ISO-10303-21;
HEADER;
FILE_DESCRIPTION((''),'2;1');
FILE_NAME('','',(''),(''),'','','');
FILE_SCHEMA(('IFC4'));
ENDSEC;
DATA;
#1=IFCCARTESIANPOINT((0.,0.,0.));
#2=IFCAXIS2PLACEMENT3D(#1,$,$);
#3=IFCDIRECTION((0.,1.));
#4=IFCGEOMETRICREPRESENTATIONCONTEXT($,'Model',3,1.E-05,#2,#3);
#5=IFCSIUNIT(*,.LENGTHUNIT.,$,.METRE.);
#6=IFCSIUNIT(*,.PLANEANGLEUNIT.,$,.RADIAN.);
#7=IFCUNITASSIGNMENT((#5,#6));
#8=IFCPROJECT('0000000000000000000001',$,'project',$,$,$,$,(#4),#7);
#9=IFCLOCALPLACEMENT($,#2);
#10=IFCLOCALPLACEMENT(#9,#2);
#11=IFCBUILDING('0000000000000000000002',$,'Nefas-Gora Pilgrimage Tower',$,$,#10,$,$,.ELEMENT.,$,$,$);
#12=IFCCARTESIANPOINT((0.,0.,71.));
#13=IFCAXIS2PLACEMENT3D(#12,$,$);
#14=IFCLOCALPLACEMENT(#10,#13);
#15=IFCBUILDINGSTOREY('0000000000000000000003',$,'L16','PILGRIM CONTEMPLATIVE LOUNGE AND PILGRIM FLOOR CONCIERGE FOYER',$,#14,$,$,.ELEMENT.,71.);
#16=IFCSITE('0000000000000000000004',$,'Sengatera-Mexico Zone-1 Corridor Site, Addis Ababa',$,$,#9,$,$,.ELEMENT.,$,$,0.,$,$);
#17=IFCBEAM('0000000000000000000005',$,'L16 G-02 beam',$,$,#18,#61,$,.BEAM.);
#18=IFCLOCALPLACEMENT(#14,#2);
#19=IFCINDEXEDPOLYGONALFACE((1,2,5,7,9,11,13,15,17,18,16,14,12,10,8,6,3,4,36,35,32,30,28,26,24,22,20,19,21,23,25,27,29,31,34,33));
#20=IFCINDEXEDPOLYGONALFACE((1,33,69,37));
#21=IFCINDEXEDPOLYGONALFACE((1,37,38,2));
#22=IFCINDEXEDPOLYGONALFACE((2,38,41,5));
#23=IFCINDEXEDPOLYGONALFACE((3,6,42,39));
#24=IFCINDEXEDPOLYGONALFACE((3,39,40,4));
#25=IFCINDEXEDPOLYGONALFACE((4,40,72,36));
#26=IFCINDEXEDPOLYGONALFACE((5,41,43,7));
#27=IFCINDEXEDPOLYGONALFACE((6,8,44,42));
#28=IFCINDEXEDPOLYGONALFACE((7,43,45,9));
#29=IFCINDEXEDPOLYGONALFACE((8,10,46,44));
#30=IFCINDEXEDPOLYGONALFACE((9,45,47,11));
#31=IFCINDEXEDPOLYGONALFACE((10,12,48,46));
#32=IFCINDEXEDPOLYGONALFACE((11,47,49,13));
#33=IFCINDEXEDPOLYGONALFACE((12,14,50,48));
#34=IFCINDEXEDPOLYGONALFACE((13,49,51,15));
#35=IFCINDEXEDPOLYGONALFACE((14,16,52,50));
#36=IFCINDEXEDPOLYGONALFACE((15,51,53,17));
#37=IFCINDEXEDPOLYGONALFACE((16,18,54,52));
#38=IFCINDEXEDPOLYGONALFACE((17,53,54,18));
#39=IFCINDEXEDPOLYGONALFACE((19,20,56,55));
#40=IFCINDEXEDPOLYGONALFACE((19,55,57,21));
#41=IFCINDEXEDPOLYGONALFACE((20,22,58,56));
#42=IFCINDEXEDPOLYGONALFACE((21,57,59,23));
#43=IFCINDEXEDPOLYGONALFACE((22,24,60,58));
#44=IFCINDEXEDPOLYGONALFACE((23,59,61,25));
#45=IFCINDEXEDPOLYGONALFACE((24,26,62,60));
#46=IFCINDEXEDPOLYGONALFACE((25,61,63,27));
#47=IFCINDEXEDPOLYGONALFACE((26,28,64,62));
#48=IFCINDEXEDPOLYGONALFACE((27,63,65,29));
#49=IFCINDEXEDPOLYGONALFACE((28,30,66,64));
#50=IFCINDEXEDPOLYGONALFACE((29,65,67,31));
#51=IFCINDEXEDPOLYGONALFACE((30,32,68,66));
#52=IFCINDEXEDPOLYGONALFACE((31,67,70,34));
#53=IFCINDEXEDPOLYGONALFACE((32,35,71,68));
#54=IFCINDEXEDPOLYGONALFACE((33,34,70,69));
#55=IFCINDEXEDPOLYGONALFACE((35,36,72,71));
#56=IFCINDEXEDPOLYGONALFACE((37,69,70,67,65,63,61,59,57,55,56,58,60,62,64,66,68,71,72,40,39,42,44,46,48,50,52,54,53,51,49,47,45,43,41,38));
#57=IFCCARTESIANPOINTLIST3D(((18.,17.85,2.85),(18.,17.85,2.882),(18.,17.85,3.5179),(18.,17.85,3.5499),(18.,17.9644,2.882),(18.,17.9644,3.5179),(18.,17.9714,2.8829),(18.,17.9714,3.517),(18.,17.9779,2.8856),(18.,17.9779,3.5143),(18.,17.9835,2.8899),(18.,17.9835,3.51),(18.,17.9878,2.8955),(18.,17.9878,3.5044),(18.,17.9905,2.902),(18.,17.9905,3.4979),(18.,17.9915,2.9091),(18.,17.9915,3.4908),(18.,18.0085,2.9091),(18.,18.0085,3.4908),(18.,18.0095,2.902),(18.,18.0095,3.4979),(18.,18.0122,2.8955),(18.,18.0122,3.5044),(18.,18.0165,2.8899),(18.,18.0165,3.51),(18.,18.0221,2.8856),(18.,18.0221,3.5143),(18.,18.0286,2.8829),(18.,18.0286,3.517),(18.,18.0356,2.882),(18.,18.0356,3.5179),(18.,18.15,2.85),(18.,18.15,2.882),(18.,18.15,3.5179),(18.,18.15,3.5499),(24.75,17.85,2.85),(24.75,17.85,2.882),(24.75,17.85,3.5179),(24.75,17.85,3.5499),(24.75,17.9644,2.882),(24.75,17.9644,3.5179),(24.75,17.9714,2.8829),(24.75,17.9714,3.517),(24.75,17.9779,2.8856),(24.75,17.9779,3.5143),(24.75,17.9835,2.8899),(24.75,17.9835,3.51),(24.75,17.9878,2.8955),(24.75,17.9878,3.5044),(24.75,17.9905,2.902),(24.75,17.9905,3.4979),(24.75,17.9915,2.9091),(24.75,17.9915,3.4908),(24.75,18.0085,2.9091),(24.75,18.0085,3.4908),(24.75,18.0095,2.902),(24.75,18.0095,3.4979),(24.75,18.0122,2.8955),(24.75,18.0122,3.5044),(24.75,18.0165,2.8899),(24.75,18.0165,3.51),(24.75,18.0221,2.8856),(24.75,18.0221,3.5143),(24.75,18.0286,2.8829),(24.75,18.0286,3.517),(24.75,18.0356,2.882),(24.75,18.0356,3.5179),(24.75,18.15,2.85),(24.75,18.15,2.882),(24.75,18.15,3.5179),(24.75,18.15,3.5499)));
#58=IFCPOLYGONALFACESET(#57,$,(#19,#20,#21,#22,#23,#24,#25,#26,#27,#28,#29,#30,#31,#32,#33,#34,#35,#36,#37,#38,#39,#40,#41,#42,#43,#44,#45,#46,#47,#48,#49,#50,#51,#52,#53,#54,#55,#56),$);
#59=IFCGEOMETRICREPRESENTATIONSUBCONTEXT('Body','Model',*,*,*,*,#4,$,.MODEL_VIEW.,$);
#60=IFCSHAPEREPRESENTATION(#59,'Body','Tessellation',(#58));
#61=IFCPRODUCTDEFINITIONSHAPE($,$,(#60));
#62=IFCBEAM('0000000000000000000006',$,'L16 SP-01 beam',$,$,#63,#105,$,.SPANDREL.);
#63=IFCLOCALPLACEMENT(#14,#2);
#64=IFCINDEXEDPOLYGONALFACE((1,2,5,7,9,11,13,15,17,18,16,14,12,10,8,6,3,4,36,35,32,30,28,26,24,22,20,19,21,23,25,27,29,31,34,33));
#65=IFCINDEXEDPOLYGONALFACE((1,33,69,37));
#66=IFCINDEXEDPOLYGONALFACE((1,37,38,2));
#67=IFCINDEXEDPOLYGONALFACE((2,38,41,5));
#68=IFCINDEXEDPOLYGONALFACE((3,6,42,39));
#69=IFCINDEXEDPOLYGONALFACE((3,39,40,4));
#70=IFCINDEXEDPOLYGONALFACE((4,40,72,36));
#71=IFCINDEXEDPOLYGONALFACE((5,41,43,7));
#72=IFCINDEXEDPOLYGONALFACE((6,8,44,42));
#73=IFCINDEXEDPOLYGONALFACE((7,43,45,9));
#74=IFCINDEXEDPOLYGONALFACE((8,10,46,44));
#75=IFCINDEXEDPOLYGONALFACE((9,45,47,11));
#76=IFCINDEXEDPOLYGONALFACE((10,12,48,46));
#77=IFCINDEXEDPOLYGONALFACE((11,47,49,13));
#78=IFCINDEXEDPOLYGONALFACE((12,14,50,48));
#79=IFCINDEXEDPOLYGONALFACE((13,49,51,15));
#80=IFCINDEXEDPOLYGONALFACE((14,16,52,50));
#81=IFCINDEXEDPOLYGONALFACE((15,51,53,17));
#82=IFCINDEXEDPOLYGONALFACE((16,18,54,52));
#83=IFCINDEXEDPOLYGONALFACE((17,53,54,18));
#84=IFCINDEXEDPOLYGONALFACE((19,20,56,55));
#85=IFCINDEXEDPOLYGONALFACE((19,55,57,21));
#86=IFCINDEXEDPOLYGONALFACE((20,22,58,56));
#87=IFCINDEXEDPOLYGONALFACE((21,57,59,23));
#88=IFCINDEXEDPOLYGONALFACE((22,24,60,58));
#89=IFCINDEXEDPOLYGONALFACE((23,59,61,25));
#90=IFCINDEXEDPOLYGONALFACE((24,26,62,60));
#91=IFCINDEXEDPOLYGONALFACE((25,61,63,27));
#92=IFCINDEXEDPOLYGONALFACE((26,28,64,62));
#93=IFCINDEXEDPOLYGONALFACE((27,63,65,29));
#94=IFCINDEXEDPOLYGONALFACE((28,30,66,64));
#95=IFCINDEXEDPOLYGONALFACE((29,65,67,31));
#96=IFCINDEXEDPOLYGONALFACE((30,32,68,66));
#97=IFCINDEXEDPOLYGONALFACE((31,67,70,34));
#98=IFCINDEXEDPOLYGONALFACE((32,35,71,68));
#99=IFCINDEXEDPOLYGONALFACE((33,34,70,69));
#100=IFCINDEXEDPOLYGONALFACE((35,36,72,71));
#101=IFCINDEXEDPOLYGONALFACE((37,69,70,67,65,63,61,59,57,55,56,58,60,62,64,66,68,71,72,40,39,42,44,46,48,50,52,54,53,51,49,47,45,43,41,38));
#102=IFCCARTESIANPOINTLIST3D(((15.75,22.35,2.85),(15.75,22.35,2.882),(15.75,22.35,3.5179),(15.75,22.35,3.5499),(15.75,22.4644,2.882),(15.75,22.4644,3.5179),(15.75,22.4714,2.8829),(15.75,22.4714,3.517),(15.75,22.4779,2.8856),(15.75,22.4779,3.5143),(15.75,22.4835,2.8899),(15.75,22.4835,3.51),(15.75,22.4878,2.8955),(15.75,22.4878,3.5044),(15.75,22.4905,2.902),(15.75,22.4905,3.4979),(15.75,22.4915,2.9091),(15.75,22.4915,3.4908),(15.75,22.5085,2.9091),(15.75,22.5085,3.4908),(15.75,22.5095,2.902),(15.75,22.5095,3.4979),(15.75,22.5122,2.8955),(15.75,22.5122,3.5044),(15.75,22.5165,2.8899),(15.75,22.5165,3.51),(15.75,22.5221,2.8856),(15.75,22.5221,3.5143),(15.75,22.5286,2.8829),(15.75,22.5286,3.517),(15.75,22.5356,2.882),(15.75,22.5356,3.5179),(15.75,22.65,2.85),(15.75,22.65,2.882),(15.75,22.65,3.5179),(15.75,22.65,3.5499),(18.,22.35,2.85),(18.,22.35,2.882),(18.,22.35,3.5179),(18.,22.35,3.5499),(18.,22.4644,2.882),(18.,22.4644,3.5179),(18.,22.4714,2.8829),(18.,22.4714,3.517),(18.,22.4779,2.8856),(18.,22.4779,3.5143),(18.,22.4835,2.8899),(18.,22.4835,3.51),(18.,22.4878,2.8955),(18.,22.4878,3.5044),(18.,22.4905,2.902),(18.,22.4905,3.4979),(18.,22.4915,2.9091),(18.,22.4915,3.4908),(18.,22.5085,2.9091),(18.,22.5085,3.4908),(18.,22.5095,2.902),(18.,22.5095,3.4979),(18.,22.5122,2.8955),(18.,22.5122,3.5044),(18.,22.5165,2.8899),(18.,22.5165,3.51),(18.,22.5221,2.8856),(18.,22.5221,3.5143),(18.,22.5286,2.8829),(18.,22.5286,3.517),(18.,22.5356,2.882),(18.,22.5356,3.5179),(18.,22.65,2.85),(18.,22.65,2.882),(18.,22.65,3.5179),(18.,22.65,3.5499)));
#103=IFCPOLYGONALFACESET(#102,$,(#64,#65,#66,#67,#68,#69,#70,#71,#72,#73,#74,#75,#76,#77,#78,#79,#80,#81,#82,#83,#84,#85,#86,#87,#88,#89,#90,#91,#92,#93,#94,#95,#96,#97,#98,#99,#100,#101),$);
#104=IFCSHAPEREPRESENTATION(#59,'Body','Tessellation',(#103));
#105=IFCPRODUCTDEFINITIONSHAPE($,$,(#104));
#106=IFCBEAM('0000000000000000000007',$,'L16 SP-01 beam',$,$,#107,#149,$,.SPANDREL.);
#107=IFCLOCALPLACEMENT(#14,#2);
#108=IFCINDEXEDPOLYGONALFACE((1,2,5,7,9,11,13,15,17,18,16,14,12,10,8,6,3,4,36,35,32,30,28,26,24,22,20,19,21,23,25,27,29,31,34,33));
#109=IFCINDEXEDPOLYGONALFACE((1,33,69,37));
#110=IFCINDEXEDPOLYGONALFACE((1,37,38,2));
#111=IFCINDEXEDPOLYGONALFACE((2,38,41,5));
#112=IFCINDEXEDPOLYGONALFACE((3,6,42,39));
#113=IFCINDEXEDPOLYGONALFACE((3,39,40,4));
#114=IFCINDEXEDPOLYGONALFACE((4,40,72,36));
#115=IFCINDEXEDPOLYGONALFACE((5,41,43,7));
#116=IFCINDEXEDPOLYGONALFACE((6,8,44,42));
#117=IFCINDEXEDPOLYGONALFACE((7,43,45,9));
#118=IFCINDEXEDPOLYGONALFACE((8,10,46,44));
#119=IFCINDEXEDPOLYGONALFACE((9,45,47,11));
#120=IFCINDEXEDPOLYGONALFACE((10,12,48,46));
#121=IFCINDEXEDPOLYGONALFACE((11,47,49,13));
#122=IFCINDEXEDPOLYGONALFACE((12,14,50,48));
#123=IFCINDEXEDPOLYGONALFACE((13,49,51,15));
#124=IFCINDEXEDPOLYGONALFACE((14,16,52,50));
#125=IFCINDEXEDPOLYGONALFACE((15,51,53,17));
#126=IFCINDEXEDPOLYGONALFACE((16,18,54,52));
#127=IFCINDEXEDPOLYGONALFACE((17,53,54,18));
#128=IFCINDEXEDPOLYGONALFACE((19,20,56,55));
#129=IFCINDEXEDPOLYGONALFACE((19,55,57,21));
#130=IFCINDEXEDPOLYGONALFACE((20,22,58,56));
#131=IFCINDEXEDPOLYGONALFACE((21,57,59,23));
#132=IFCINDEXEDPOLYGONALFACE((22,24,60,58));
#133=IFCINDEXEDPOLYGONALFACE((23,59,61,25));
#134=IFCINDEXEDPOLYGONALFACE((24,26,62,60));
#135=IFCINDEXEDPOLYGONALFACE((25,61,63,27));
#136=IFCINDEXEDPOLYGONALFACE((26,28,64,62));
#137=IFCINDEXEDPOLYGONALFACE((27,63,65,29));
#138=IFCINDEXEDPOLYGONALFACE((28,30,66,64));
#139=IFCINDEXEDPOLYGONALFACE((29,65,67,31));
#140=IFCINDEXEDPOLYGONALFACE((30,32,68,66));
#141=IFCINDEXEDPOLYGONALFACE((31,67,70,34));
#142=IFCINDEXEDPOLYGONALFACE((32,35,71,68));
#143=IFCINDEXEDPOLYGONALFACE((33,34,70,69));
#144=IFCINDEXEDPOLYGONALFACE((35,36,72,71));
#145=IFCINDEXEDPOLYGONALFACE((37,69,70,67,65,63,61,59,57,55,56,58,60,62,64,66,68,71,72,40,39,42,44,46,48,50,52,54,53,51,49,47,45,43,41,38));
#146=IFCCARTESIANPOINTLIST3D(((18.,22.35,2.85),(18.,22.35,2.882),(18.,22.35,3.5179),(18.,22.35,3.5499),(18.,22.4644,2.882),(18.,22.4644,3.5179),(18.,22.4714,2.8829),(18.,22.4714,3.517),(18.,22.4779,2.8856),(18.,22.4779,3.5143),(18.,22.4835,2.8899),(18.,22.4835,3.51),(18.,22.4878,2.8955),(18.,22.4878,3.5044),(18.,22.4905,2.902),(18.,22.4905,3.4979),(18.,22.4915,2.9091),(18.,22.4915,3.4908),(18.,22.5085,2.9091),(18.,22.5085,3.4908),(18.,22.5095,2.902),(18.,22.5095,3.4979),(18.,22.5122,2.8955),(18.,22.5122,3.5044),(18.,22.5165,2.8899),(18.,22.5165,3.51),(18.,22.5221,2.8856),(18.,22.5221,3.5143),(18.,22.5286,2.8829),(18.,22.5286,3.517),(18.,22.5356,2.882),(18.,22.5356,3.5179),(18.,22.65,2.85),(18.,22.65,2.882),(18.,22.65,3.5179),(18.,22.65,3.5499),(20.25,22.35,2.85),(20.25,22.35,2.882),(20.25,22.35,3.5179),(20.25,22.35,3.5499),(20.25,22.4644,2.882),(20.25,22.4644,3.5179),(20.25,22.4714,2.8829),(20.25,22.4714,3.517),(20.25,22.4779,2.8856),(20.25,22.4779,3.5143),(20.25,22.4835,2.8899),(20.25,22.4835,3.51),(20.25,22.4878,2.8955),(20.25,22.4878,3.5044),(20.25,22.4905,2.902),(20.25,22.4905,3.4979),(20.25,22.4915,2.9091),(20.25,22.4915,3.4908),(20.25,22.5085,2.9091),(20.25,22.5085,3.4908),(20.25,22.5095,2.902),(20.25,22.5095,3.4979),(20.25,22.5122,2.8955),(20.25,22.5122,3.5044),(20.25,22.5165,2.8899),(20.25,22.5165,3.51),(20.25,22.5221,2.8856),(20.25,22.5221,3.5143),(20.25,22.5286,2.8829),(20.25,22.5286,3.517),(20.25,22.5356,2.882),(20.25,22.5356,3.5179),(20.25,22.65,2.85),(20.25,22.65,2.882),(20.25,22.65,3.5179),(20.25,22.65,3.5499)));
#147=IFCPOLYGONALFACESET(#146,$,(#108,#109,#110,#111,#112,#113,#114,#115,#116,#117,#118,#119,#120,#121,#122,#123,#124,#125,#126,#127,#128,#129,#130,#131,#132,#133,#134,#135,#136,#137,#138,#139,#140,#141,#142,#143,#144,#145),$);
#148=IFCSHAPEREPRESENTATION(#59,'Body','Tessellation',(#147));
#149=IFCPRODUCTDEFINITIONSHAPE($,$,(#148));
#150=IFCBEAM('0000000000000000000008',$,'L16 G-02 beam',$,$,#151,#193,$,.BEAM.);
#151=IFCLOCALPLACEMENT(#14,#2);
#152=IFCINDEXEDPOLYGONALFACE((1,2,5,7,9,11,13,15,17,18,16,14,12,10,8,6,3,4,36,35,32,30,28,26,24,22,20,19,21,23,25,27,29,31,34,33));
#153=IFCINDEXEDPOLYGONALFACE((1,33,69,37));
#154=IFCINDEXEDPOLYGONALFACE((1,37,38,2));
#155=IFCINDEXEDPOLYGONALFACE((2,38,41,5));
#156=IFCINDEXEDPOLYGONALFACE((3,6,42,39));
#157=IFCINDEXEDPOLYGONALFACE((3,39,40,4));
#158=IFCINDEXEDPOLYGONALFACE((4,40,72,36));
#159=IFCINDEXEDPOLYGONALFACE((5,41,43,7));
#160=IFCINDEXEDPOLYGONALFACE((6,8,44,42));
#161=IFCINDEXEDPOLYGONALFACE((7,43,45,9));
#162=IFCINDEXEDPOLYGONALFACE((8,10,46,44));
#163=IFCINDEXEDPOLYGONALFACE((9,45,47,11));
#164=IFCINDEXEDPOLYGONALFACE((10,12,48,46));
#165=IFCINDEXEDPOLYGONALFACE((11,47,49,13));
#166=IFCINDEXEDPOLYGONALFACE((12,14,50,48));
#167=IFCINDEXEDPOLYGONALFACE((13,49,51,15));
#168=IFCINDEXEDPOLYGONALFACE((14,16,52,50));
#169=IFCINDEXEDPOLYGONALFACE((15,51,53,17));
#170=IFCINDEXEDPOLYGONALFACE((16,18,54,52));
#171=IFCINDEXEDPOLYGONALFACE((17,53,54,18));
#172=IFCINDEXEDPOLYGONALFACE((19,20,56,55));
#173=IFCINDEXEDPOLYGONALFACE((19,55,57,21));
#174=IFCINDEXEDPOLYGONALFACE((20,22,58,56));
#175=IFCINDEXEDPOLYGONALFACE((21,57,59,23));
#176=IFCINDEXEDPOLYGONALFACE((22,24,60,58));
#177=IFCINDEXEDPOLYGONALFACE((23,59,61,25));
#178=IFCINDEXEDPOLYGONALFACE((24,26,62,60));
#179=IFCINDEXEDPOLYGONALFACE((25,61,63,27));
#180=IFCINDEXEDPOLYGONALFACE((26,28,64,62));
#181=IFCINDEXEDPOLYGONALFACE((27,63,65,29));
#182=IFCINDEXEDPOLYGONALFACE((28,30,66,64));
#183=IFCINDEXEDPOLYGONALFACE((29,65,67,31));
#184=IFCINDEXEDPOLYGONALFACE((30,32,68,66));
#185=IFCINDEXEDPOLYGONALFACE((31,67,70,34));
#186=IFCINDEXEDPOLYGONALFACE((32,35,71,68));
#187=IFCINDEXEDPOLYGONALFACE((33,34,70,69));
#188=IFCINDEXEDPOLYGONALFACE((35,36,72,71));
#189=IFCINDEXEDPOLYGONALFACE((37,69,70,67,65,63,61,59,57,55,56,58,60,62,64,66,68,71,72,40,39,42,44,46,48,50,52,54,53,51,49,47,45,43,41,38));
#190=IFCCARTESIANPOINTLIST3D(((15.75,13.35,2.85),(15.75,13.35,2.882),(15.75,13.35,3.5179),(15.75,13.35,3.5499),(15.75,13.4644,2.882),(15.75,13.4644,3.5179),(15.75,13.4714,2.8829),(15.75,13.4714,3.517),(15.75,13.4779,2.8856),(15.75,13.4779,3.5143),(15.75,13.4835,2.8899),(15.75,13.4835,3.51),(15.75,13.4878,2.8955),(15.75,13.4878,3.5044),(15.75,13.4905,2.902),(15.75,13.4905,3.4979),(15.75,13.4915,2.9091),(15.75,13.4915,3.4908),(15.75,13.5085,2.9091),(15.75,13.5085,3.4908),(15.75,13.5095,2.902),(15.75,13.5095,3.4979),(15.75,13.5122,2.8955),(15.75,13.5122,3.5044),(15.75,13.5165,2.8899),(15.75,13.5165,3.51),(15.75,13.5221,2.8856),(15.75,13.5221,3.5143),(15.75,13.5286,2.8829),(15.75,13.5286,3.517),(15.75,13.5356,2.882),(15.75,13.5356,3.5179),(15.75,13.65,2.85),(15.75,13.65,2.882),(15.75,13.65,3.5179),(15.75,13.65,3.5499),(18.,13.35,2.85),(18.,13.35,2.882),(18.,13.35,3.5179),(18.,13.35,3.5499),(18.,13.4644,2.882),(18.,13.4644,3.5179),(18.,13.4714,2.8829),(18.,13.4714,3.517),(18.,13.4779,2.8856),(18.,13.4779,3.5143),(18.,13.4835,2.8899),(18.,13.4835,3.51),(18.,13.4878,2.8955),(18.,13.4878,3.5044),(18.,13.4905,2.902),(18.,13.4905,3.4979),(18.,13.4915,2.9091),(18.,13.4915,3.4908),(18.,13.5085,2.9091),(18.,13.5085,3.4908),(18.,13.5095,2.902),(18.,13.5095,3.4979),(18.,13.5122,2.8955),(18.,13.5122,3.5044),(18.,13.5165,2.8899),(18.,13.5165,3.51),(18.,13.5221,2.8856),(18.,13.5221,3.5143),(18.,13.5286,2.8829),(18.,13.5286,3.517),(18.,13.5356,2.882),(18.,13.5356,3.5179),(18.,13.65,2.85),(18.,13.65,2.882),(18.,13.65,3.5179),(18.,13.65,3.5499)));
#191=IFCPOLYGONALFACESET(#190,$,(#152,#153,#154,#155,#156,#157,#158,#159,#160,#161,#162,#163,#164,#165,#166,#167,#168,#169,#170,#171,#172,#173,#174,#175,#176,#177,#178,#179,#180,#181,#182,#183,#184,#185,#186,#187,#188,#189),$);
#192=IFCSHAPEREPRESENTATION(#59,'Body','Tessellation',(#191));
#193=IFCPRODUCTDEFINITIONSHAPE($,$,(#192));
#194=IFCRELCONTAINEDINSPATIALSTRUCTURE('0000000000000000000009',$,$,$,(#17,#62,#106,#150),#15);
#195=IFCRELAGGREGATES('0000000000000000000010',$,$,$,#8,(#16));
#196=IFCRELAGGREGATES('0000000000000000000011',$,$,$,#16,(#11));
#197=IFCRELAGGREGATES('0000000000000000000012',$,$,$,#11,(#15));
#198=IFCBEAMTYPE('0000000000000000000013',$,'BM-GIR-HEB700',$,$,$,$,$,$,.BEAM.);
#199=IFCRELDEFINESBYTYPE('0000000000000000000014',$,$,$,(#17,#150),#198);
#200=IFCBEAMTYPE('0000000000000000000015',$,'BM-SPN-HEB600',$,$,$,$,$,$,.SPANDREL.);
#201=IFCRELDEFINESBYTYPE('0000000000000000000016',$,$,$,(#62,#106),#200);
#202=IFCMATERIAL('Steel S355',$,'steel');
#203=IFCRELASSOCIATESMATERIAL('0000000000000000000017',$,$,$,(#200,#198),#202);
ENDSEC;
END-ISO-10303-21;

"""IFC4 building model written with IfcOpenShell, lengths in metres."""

from ifc_helpers import new_model, si_unit, direction, frame, origin, origin_2d, place, context, subcontext, project, spatial, i_section, extrude, source, transform, mapped, material, material_profile, profile_set, type_object, element, save


model = new_model("IFC4")

# Units and contexts
model_context = context("Model", 3, precision=1e-05, world=origin(), true_north=direction((0.0, 1.0)))
body_context = subcontext(model_context, "Body", "Model", "MODEL_VIEW")
ifc_project = project(units=[si_unit("LENGTHUNIT", "METRE"), si_unit("PLANEANGLEUNIT", "RADIAN")], contexts=[model_context])

# Site, building, storey
site_placement = place(None, origin())
site = spatial("IfcSite", under=ifc_project, at=site_placement, Name="Sengatera-Mexico Zone-1 Corridor Site, Addis Ababa", CompositionType="ELEMENT", RefElevation=0.0)
building_placement = place(site_placement, origin())
building = spatial("IfcBuilding", under=site, at=building_placement, Name="Nefas-Gora Pilgrimage Tower", CompositionType="ELEMENT")
storey_placement = place(building_placement, frame((0.0, 0.0, 71.0)))
storey = spatial("IfcBuildingStorey", under=building, at=storey_placement, Name="L16", Description="PILGRIM CONTEMPLATIVE LOUNGE AND PILGRIM FLOOR CONCIERGE FOYER", CompositionType="ELEMENT", Elevation=71.0)

# Beams
ifc_material_1 = material(Name="Steel S355", Category="steel")
ifc_material_profile_1 = material_profile(ifc_material_1, i_section(OverallWidth=0.3, OverallDepth=0.7, WebThickness=0.0171, FlangeThickness=0.032, FilletRadius=0.0271, at=origin_2d()), Name="HEB 700")
ifc_profile_set_1 = profile_set([ifc_material_profile_1], Name="Steel S355")
beam_type_1 = type_object("IfcBeamType", Name="BM-SPN-HEB600", PredefinedType="SPANDREL", material=ifc_profile_set_1)
ifc_material_profile_2 = material_profile(ifc_material_1, i_section(OverallWidth=0.3, OverallDepth=0.7, WebThickness=0.0171, FlangeThickness=0.032, FilletRadius=0.0271, at=origin_2d()), Name="HEB 700")
ifc_profile_set_2 = profile_set([ifc_material_profile_2], Name="Steel S355")
beam_type_2 = type_object("IfcBeamType", Name="BM-GIR-HEB700", PredefinedType="BEAM", material=ifc_profile_set_2)
shared_shape_1 = source(origin(), body_context, "Body", "SweptSolid", [
    extrude(i_section(OverallWidth=0.3, OverallDepth=0.7, WebThickness=0.0171, FlangeThickness=0.032, FilletRadius=0.0271, at=origin_2d()), origin(), (0.0, 0.0, 1.0), 6.75),
])
for number, where, z_axis, x_axis, name in (
    (1, (18.0, 18.0, 3.2), (1.0, 0.0, 0.0), (0.0, 1.0, 0.0), "L16 G-02 beam"),
):
    element("IfcBeam", number, at=place(storey_placement, frame(where, z_axis=z_axis, x_axis=x_axis)), inside=storey, type_object=beam_type_2, Name=name, PredefinedType="BEAM", context=body_context, shape_type="MappedRepresentation", body=[
        mapped(shared_shape_1, transform((0.0, 0.0, 0.0), x_axis=(1.0, 0.0, 0.0), y_axis=(0.0, 1.0, 0.0), z_axis=(0.0, 0.0, 1.0), scale=1.0)),
    ])
shared_shape_2 = source(origin(), body_context, "Body", "SweptSolid", [
    extrude(i_section(OverallWidth=0.3, OverallDepth=0.7, WebThickness=0.0171, FlangeThickness=0.032, FilletRadius=0.0271, at=origin_2d()), origin(), (0.0, 0.0, 1.0), 2.25),
])
for number, where, z_axis, x_axis, name in (
    (2, (15.75, 22.5, 3.2), (1.0, 0.0, 0.0), (0.0, 1.0, 0.0), "L16 SP-01 beam"),
    (3, (18.0, 22.5, 3.2), (1.0, 0.0, 0.0), (0.0, 1.0, 0.0), "L16 SP-01 beam"),
):
    element("IfcBeam", number, at=place(storey_placement, frame(where, z_axis=z_axis, x_axis=x_axis)), inside=storey, type_object=beam_type_1, Name=name, PredefinedType="SPANDREL", context=body_context, shape_type="MappedRepresentation", body=[
        mapped(shared_shape_2, transform((0.0, 0.0, 0.0), x_axis=(1.0, 0.0, 0.0), y_axis=(0.0, 1.0, 0.0), z_axis=(0.0, 0.0, 1.0), scale=1.0)),
    ])
shared_shape_3 = source(origin(), body_context, "Body", "SweptSolid", [
    extrude(i_section(OverallWidth=0.3, OverallDepth=0.7, WebThickness=0.0171, FlangeThickness=0.032, FilletRadius=0.0271, at=origin_2d()), origin(), (0.0, 0.0, 1.0), 2.25),
])
beam_1_placement = place(storey_placement, frame((15.75, 13.5, 3.2), z_axis=(1.0, 0.0, 0.0), x_axis=(0.0, 1.0, 0.0)))
element("IfcBeam", 4, at=beam_1_placement, inside=storey, type_object=beam_type_2, Name="L16 G-02 beam", PredefinedType="BEAM", context=body_context, shape_type="MappedRepresentation", body=[
    mapped(shared_shape_3, transform((0.0, 0.0, 0.0), x_axis=(1.0, 0.0, 0.0), y_axis=(0.0, 1.0, 0.0), z_axis=(0.0, 0.0, 1.0), scale=1.0)),
])

save(model, "model.ifc")
